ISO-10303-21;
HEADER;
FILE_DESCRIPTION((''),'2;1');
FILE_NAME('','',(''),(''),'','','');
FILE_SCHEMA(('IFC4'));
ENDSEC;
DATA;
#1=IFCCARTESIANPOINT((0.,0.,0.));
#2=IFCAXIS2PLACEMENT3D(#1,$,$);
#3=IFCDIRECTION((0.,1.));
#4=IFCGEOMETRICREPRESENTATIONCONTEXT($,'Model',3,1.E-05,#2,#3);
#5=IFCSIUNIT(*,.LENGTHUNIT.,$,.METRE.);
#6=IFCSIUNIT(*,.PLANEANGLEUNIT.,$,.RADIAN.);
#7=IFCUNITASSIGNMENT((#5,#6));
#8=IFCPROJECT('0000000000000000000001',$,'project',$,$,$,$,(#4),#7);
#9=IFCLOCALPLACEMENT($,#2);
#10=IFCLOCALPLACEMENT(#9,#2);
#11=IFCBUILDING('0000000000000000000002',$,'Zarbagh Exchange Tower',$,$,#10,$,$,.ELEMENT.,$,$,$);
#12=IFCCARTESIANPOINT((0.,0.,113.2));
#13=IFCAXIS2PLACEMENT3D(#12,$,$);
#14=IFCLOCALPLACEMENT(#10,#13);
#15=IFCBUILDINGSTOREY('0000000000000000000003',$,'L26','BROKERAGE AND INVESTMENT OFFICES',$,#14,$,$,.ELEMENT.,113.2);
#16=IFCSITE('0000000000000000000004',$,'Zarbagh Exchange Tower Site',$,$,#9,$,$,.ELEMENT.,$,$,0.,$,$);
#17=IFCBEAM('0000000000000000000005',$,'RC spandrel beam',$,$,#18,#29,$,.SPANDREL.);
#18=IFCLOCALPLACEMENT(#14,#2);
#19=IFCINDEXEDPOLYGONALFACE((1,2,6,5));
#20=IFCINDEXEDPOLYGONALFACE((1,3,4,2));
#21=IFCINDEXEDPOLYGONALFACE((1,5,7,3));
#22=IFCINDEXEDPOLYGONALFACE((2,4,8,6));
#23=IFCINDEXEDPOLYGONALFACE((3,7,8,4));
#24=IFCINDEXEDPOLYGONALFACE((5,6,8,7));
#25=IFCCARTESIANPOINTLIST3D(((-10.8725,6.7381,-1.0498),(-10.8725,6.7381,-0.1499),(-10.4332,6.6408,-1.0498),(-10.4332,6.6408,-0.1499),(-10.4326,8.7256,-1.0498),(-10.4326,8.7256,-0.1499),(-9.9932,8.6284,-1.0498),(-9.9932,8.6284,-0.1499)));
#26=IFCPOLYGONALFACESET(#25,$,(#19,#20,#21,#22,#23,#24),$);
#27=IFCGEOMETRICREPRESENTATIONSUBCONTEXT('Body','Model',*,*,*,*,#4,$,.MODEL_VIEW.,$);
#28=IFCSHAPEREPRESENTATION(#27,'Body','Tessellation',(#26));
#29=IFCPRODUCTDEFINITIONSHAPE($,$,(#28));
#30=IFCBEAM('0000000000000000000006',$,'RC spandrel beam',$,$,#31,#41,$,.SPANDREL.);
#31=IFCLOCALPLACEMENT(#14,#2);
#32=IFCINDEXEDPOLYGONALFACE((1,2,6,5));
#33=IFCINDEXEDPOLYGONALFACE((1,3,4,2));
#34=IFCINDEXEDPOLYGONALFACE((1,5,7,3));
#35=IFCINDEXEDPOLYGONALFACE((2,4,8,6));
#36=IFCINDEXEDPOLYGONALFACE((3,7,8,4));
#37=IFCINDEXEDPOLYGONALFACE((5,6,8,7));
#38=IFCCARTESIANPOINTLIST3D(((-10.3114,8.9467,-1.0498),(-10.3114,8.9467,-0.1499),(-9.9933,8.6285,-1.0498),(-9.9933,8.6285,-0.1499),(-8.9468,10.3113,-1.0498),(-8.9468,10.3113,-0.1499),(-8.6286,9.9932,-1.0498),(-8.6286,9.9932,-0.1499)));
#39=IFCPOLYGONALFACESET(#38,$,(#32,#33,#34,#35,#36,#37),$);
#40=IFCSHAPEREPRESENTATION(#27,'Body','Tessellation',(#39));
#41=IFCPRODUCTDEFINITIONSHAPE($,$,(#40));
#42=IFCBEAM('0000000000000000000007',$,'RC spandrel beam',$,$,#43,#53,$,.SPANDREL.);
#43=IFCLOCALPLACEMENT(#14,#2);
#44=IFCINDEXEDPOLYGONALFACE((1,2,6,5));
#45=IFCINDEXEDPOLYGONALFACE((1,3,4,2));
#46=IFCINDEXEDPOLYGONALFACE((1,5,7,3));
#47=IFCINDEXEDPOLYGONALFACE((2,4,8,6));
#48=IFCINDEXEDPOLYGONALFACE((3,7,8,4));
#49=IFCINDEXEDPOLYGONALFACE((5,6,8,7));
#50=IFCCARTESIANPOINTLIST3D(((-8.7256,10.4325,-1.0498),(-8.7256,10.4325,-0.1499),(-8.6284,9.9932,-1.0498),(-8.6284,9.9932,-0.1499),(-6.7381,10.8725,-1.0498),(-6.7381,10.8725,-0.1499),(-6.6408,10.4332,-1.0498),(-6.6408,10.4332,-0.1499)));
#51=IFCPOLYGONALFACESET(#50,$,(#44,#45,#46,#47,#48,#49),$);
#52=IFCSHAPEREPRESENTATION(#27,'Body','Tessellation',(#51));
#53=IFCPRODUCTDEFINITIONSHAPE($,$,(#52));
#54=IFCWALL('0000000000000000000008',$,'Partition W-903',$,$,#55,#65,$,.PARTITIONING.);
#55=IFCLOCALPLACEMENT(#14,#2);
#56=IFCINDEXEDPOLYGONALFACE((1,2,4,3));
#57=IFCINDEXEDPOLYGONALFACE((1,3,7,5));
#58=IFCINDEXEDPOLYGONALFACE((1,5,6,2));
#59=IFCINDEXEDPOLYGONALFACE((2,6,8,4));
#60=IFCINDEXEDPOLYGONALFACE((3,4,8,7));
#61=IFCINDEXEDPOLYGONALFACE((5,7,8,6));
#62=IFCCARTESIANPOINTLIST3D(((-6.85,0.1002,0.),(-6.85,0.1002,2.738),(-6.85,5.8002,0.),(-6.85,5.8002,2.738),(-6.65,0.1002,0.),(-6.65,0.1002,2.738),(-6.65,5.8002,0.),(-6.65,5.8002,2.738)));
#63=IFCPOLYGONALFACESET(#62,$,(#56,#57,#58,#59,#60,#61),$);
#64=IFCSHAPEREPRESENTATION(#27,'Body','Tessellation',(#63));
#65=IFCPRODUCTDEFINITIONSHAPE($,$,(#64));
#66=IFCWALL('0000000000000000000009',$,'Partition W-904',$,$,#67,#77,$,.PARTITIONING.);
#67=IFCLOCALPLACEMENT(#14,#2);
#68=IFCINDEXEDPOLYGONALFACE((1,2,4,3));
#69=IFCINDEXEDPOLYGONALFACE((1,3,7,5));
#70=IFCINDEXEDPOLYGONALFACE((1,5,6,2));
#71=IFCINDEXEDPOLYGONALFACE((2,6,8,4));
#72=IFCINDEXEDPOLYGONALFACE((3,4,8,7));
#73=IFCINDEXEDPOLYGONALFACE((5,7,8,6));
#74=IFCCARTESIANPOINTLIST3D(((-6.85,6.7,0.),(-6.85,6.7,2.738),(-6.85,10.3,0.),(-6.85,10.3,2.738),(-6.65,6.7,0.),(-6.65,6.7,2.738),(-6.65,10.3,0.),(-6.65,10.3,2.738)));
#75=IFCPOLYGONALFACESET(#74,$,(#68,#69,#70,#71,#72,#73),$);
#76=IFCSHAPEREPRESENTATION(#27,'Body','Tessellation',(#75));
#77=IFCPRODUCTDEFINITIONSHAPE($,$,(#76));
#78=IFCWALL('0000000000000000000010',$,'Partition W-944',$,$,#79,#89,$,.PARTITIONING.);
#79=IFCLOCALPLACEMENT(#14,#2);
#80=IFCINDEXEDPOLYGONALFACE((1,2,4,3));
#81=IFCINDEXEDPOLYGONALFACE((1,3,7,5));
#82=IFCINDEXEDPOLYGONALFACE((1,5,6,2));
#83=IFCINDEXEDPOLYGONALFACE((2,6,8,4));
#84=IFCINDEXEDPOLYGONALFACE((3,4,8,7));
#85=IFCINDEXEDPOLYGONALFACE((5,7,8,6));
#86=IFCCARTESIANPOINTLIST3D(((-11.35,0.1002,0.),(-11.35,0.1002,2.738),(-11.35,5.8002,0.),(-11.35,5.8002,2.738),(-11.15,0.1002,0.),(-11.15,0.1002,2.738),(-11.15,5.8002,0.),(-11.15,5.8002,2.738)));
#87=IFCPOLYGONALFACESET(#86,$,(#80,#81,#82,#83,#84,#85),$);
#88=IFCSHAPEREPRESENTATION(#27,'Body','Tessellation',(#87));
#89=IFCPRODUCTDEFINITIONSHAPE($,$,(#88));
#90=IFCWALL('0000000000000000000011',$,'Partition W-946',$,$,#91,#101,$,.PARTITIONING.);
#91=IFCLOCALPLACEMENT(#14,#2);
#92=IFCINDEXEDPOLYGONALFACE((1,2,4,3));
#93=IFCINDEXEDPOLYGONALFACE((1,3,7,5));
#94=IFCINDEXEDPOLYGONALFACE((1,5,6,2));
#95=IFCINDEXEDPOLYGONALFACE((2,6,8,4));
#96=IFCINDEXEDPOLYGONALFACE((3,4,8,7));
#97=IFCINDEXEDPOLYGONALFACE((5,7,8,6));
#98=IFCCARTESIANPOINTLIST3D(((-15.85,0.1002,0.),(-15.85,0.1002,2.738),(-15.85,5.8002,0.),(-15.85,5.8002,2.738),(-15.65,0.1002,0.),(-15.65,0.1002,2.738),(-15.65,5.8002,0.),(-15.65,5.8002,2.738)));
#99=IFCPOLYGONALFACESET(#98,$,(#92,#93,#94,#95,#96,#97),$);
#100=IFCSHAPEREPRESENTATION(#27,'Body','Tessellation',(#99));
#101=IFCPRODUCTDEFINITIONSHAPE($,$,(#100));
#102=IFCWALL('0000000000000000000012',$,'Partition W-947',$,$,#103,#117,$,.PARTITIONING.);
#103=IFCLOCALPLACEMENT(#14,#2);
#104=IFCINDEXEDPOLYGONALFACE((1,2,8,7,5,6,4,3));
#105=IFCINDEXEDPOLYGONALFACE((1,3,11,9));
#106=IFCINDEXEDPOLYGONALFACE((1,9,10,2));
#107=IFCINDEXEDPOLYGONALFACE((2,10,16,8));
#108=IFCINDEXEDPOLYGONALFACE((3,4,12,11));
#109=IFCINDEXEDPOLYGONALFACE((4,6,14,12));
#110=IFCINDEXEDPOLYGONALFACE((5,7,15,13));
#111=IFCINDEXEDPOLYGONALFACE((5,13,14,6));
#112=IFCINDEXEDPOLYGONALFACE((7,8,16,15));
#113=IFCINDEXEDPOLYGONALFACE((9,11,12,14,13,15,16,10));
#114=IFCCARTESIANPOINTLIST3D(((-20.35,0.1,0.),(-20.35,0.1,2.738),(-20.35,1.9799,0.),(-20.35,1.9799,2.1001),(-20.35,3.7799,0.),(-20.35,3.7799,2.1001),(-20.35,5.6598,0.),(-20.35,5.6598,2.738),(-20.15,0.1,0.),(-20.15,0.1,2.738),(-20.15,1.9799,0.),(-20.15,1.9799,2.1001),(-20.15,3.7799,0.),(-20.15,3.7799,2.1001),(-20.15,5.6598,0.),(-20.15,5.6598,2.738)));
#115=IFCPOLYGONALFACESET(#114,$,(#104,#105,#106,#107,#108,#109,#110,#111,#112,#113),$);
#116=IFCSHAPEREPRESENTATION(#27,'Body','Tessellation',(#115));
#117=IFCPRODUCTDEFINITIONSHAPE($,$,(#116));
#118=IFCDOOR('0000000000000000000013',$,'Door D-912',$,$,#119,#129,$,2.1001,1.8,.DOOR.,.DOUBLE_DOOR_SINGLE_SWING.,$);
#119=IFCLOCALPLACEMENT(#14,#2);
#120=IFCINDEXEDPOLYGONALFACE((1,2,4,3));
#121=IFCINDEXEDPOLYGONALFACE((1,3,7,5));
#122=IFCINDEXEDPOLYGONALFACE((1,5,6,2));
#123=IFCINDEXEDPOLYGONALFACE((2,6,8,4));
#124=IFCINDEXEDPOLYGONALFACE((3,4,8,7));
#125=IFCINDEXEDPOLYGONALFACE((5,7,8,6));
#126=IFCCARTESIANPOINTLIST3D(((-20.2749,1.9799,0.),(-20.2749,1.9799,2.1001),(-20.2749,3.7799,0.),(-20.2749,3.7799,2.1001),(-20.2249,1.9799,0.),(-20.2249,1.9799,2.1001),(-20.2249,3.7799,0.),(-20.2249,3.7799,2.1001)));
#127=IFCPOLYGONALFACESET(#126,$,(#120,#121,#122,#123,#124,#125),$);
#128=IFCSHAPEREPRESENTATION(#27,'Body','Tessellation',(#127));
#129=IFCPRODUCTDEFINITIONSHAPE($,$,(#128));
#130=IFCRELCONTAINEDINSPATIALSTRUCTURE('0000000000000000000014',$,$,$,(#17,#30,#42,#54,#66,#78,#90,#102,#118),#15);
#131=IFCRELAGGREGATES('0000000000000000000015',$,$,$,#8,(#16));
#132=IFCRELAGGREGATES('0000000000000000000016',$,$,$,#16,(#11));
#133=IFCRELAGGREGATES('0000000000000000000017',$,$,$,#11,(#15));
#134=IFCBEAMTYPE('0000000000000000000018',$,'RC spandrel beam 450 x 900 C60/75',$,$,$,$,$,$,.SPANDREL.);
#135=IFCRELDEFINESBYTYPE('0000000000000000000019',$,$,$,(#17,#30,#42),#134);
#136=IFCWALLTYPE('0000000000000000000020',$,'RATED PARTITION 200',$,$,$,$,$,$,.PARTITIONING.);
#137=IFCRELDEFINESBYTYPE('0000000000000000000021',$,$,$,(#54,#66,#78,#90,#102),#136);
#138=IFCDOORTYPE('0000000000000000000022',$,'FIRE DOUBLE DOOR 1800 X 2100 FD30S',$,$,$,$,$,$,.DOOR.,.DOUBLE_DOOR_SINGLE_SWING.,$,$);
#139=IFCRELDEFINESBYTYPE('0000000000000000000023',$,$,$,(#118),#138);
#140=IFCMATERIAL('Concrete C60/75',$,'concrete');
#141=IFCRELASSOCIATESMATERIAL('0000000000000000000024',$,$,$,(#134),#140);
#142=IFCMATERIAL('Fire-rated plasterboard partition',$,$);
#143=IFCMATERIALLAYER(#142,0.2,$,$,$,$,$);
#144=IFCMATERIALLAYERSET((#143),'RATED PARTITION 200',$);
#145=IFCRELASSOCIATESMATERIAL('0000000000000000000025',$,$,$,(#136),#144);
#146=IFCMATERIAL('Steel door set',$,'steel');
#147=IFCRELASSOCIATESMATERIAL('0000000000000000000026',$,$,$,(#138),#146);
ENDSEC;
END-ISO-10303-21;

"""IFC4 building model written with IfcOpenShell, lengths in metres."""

from ifc_helpers import new_model, si_unit, direction, frame, frame_2d, origin, origin_2d, place, context, subcontext, project, spatial, rectangle, extrude, material, layer, layer_set, material_profile, profile_set, type_object, element, fill, save


model = new_model("IFC4")

# Units and contexts
model_context = context("Model", 3, precision=1e-05, world=origin(), true_north=direction((0.0, 1.0)))
body_context = subcontext(model_context, "Body", "Model", "MODEL_VIEW")
ifc_project = project(units=[si_unit("LENGTHUNIT", "METRE"), si_unit("PLANEANGLEUNIT", "RADIAN")], contexts=[model_context])

# Site, building, storey
site_placement = place(None, origin())
site = spatial("IfcSite", under=ifc_project, at=site_placement, Name="Zarbagh Exchange Tower Site", CompositionType="ELEMENT", RefElevation=0.0)
building_placement = place(site_placement, origin())
building = spatial("IfcBuilding", under=site, at=building_placement, Name="Zarbagh Exchange Tower", CompositionType="ELEMENT")
storey_placement = place(building_placement, frame((0.0, 0.0, 113.2)))
storey = spatial("IfcBuildingStorey", under=building, at=storey_placement, Name="L26", Description="BROKERAGE AND INVESTMENT OFFICES", CompositionType="ELEMENT", Elevation=113.2)

# Shared definitions
ifc_material_1 = material(Name="Concrete C60/75", Category="concrete")

# Beams
ifc_material_profile_1 = material_profile(ifc_material_1, rectangle(XDim=0.45, YDim=0.8999, at=origin_2d()), Name="RC spandrel beam 450 x 900 C60/75")
ifc_profile_set_1 = profile_set([ifc_material_profile_1], Name="Concrete C60/75")
beam_type_1 = type_object("IfcBeamType", Name="RC spandrel beam 450 x 900 C60/75", PredefinedType="SPANDREL", material=ifc_profile_set_1)
beam_1_placement = place(storey_placement, frame((-10.6528, 6.6895, -0.5999), z_axis=(0.216118, 0.976367, 0.0), x_axis=(-0.976367, 0.216118, 0.0)))
element("IfcBeam", 1, at=beam_1_placement, inside=storey, type_object=beam_type_1, Name="RC spandrel beam", PredefinedType="SPANDREL", context=body_context, shape_type="SweptSolid", body=[
    extrude(rectangle(XDim=0.45, YDim=0.8999, at=origin_2d()), origin(), (0.0, 0.0, 1.0), 2.0356),
])
beam_2_placement = place(storey_placement, frame((-10.1523, 8.7876, -0.5999), z_axis=(0.707107, 0.707107, 0.0), x_axis=(-0.707107, 0.707107, 0.0)))
element("IfcBeam", 2, at=beam_2_placement, inside=storey, type_object=beam_type_1, Name="RC spandrel beam", PredefinedType="SPANDREL", context=body_context, shape_type="SweptSolid", body=[
    extrude(rectangle(XDim=0.45, YDim=0.8999, at=origin_2d()), origin(), (0.0, 0.0, 1.0), 1.9299),
])
beam_3_placement = place(storey_placement, frame((-8.677, 10.2129, -0.5999), z_axis=(0.976367, 0.216118, 0.0), x_axis=(-0.216118, 0.976367, 0.0)))
element("IfcBeam", 3, at=beam_3_placement, inside=storey, type_object=beam_type_1, Name="RC spandrel beam", PredefinedType="SPANDREL", context=body_context, shape_type="SweptSolid", body=[
    extrude(rectangle(XDim=0.45, YDim=0.8999, at=origin_2d()), origin(), (0.0, 0.0, 1.0), 2.0356),
])

# Walls
ifc_material_2 = material(Name="Fire-rated plasterboard partition")
ifc_layer = layer(ifc_material_2, 0.2)
ifc_layer_set = layer_set([ifc_layer], Name="RATED PARTITION 200")
wall_type = type_object("IfcWallType", Name="RATED PARTITION 200", PredefinedType="PARTITIONING", material=ifc_layer_set)
wall_1_placement = place(storey_placement, frame((-6.75, 0.1001, 0.0), z_axis=(0.0, 0.0, 1.0), x_axis=(0.0, 1.0, 0.0)))
element("IfcWall", 4, at=wall_1_placement, inside=storey, type_object=wall_type, Name="Partition W-903", PredefinedType="PARTITIONING", context=body_context, shape_type="SweptSolid", body=[
    extrude(rectangle(XDim=5.7, YDim=0.2, at=frame_2d((2.8501, 0.0))), origin(), (0.0, 0.0, 1.0), 2.738),
])
wall_2_placement = place(storey_placement, frame((-6.75, 6.7, 0.0), z_axis=(0.0, 0.0, 1.0), x_axis=(0.0, 1.0, 0.0)))
element("IfcWall", 5, at=wall_2_placement, inside=storey, type_object=wall_type, Name="Partition W-904", PredefinedType="PARTITIONING", context=body_context, shape_type="SweptSolid", body=[
    extrude(rectangle(XDim=3.6001, YDim=0.2, at=frame_2d((1.8, 0.0))), origin(), (0.0, 0.0, 1.0), 2.738),
])
for number, where, z_axis, x_axis, name in (
    (6, (-11.25, 0.1001, 0.0), (0.0, 0.0, 1.0), (0.0, 1.0, 0.0), "Partition W-944"),
    (7, (-15.75, 0.1001, 0.0), (0.0, 0.0, 1.0), (0.0, 1.0, 0.0), "Partition W-946"),
):
    element("IfcWall", number, at=place(storey_placement, frame(where, z_axis=z_axis, x_axis=x_axis)), inside=storey, type_object=wall_type, Name=name, PredefinedType="PARTITIONING", context=body_context, shape_type="SweptSolid", body=[
        extrude(rectangle(XDim=5.7, YDim=0.2, at=frame_2d((2.8501, 0.0))), origin(), (0.0, 0.0, 1.0), 2.738),
    ])

# Wall, opening, door
wall_3_placement = place(storey_placement, frame((-20.25, 0.1001, 0.0), z_axis=(0.0, 0.0, 1.0), x_axis=(0.0, 1.0, 0.0)))
wall_3 = element("IfcWall", 8, at=wall_3_placement, inside=storey, type_object=wall_type, Name="Partition W-947", PredefinedType="PARTITIONING", context=body_context, shape_type="SweptSolid", body=[
    extrude(rectangle(XDim=5.5598, YDim=0.2, at=frame_2d((2.7798, 0.0))), origin(), (0.0, 0.0, 1.0), 2.738),
])
opening_placement = place(wall_3_placement, frame((1.8799, 0.0, 0.0)))
opening = element("IfcOpeningElement", 9, at=opening_placement, cuts=wall_3, PredefinedType="OPENING", context=body_context, shape_type="SweptSolid", body=[
    extrude(rectangle(XDim=1.8, YDim=2.1001, at=frame_2d((0.8999, 1.05))), frame((0.0, 0.1099, 0.0), z_axis=(0.0, -1.0, 0.0), x_axis=(1.0, 0.0, 0.0)), (0.0, 0.0, 1.0), 0.22),
])
ifc_material_3 = material(Name="Steel door set", Category="steel")
door_type = type_object("IfcDoorType", Name="FIRE DOUBLE DOOR 1800 X 2100 FD30S", OperationType="DOUBLE_DOOR_SINGLE_SWING", PredefinedType="DOOR", material=ifc_material_3)
door_placement = place(opening_placement, origin())
door = element("IfcDoor", 10, at=door_placement, inside=storey, type_object=door_type, Name="Door D-912", OperationType="DOUBLE_DOOR_SINGLE_SWING", OverallHeight=2.1001, OverallWidth=1.8, PredefinedType="DOOR", context=body_context, shape_type="SweptSolid", body=[
    extrude(rectangle(XDim=1.8, YDim=2.1001, at=frame_2d((0.8999, 1.05))), frame((0.0, 0.0249, 0.0), z_axis=(0.0, -1.0, 0.0), x_axis=(1.0, 0.0, 0.0)), (0.0, 0.0, 1.0), 0.05),
])
fill(opening, door)

save(model, "model.ifc")
